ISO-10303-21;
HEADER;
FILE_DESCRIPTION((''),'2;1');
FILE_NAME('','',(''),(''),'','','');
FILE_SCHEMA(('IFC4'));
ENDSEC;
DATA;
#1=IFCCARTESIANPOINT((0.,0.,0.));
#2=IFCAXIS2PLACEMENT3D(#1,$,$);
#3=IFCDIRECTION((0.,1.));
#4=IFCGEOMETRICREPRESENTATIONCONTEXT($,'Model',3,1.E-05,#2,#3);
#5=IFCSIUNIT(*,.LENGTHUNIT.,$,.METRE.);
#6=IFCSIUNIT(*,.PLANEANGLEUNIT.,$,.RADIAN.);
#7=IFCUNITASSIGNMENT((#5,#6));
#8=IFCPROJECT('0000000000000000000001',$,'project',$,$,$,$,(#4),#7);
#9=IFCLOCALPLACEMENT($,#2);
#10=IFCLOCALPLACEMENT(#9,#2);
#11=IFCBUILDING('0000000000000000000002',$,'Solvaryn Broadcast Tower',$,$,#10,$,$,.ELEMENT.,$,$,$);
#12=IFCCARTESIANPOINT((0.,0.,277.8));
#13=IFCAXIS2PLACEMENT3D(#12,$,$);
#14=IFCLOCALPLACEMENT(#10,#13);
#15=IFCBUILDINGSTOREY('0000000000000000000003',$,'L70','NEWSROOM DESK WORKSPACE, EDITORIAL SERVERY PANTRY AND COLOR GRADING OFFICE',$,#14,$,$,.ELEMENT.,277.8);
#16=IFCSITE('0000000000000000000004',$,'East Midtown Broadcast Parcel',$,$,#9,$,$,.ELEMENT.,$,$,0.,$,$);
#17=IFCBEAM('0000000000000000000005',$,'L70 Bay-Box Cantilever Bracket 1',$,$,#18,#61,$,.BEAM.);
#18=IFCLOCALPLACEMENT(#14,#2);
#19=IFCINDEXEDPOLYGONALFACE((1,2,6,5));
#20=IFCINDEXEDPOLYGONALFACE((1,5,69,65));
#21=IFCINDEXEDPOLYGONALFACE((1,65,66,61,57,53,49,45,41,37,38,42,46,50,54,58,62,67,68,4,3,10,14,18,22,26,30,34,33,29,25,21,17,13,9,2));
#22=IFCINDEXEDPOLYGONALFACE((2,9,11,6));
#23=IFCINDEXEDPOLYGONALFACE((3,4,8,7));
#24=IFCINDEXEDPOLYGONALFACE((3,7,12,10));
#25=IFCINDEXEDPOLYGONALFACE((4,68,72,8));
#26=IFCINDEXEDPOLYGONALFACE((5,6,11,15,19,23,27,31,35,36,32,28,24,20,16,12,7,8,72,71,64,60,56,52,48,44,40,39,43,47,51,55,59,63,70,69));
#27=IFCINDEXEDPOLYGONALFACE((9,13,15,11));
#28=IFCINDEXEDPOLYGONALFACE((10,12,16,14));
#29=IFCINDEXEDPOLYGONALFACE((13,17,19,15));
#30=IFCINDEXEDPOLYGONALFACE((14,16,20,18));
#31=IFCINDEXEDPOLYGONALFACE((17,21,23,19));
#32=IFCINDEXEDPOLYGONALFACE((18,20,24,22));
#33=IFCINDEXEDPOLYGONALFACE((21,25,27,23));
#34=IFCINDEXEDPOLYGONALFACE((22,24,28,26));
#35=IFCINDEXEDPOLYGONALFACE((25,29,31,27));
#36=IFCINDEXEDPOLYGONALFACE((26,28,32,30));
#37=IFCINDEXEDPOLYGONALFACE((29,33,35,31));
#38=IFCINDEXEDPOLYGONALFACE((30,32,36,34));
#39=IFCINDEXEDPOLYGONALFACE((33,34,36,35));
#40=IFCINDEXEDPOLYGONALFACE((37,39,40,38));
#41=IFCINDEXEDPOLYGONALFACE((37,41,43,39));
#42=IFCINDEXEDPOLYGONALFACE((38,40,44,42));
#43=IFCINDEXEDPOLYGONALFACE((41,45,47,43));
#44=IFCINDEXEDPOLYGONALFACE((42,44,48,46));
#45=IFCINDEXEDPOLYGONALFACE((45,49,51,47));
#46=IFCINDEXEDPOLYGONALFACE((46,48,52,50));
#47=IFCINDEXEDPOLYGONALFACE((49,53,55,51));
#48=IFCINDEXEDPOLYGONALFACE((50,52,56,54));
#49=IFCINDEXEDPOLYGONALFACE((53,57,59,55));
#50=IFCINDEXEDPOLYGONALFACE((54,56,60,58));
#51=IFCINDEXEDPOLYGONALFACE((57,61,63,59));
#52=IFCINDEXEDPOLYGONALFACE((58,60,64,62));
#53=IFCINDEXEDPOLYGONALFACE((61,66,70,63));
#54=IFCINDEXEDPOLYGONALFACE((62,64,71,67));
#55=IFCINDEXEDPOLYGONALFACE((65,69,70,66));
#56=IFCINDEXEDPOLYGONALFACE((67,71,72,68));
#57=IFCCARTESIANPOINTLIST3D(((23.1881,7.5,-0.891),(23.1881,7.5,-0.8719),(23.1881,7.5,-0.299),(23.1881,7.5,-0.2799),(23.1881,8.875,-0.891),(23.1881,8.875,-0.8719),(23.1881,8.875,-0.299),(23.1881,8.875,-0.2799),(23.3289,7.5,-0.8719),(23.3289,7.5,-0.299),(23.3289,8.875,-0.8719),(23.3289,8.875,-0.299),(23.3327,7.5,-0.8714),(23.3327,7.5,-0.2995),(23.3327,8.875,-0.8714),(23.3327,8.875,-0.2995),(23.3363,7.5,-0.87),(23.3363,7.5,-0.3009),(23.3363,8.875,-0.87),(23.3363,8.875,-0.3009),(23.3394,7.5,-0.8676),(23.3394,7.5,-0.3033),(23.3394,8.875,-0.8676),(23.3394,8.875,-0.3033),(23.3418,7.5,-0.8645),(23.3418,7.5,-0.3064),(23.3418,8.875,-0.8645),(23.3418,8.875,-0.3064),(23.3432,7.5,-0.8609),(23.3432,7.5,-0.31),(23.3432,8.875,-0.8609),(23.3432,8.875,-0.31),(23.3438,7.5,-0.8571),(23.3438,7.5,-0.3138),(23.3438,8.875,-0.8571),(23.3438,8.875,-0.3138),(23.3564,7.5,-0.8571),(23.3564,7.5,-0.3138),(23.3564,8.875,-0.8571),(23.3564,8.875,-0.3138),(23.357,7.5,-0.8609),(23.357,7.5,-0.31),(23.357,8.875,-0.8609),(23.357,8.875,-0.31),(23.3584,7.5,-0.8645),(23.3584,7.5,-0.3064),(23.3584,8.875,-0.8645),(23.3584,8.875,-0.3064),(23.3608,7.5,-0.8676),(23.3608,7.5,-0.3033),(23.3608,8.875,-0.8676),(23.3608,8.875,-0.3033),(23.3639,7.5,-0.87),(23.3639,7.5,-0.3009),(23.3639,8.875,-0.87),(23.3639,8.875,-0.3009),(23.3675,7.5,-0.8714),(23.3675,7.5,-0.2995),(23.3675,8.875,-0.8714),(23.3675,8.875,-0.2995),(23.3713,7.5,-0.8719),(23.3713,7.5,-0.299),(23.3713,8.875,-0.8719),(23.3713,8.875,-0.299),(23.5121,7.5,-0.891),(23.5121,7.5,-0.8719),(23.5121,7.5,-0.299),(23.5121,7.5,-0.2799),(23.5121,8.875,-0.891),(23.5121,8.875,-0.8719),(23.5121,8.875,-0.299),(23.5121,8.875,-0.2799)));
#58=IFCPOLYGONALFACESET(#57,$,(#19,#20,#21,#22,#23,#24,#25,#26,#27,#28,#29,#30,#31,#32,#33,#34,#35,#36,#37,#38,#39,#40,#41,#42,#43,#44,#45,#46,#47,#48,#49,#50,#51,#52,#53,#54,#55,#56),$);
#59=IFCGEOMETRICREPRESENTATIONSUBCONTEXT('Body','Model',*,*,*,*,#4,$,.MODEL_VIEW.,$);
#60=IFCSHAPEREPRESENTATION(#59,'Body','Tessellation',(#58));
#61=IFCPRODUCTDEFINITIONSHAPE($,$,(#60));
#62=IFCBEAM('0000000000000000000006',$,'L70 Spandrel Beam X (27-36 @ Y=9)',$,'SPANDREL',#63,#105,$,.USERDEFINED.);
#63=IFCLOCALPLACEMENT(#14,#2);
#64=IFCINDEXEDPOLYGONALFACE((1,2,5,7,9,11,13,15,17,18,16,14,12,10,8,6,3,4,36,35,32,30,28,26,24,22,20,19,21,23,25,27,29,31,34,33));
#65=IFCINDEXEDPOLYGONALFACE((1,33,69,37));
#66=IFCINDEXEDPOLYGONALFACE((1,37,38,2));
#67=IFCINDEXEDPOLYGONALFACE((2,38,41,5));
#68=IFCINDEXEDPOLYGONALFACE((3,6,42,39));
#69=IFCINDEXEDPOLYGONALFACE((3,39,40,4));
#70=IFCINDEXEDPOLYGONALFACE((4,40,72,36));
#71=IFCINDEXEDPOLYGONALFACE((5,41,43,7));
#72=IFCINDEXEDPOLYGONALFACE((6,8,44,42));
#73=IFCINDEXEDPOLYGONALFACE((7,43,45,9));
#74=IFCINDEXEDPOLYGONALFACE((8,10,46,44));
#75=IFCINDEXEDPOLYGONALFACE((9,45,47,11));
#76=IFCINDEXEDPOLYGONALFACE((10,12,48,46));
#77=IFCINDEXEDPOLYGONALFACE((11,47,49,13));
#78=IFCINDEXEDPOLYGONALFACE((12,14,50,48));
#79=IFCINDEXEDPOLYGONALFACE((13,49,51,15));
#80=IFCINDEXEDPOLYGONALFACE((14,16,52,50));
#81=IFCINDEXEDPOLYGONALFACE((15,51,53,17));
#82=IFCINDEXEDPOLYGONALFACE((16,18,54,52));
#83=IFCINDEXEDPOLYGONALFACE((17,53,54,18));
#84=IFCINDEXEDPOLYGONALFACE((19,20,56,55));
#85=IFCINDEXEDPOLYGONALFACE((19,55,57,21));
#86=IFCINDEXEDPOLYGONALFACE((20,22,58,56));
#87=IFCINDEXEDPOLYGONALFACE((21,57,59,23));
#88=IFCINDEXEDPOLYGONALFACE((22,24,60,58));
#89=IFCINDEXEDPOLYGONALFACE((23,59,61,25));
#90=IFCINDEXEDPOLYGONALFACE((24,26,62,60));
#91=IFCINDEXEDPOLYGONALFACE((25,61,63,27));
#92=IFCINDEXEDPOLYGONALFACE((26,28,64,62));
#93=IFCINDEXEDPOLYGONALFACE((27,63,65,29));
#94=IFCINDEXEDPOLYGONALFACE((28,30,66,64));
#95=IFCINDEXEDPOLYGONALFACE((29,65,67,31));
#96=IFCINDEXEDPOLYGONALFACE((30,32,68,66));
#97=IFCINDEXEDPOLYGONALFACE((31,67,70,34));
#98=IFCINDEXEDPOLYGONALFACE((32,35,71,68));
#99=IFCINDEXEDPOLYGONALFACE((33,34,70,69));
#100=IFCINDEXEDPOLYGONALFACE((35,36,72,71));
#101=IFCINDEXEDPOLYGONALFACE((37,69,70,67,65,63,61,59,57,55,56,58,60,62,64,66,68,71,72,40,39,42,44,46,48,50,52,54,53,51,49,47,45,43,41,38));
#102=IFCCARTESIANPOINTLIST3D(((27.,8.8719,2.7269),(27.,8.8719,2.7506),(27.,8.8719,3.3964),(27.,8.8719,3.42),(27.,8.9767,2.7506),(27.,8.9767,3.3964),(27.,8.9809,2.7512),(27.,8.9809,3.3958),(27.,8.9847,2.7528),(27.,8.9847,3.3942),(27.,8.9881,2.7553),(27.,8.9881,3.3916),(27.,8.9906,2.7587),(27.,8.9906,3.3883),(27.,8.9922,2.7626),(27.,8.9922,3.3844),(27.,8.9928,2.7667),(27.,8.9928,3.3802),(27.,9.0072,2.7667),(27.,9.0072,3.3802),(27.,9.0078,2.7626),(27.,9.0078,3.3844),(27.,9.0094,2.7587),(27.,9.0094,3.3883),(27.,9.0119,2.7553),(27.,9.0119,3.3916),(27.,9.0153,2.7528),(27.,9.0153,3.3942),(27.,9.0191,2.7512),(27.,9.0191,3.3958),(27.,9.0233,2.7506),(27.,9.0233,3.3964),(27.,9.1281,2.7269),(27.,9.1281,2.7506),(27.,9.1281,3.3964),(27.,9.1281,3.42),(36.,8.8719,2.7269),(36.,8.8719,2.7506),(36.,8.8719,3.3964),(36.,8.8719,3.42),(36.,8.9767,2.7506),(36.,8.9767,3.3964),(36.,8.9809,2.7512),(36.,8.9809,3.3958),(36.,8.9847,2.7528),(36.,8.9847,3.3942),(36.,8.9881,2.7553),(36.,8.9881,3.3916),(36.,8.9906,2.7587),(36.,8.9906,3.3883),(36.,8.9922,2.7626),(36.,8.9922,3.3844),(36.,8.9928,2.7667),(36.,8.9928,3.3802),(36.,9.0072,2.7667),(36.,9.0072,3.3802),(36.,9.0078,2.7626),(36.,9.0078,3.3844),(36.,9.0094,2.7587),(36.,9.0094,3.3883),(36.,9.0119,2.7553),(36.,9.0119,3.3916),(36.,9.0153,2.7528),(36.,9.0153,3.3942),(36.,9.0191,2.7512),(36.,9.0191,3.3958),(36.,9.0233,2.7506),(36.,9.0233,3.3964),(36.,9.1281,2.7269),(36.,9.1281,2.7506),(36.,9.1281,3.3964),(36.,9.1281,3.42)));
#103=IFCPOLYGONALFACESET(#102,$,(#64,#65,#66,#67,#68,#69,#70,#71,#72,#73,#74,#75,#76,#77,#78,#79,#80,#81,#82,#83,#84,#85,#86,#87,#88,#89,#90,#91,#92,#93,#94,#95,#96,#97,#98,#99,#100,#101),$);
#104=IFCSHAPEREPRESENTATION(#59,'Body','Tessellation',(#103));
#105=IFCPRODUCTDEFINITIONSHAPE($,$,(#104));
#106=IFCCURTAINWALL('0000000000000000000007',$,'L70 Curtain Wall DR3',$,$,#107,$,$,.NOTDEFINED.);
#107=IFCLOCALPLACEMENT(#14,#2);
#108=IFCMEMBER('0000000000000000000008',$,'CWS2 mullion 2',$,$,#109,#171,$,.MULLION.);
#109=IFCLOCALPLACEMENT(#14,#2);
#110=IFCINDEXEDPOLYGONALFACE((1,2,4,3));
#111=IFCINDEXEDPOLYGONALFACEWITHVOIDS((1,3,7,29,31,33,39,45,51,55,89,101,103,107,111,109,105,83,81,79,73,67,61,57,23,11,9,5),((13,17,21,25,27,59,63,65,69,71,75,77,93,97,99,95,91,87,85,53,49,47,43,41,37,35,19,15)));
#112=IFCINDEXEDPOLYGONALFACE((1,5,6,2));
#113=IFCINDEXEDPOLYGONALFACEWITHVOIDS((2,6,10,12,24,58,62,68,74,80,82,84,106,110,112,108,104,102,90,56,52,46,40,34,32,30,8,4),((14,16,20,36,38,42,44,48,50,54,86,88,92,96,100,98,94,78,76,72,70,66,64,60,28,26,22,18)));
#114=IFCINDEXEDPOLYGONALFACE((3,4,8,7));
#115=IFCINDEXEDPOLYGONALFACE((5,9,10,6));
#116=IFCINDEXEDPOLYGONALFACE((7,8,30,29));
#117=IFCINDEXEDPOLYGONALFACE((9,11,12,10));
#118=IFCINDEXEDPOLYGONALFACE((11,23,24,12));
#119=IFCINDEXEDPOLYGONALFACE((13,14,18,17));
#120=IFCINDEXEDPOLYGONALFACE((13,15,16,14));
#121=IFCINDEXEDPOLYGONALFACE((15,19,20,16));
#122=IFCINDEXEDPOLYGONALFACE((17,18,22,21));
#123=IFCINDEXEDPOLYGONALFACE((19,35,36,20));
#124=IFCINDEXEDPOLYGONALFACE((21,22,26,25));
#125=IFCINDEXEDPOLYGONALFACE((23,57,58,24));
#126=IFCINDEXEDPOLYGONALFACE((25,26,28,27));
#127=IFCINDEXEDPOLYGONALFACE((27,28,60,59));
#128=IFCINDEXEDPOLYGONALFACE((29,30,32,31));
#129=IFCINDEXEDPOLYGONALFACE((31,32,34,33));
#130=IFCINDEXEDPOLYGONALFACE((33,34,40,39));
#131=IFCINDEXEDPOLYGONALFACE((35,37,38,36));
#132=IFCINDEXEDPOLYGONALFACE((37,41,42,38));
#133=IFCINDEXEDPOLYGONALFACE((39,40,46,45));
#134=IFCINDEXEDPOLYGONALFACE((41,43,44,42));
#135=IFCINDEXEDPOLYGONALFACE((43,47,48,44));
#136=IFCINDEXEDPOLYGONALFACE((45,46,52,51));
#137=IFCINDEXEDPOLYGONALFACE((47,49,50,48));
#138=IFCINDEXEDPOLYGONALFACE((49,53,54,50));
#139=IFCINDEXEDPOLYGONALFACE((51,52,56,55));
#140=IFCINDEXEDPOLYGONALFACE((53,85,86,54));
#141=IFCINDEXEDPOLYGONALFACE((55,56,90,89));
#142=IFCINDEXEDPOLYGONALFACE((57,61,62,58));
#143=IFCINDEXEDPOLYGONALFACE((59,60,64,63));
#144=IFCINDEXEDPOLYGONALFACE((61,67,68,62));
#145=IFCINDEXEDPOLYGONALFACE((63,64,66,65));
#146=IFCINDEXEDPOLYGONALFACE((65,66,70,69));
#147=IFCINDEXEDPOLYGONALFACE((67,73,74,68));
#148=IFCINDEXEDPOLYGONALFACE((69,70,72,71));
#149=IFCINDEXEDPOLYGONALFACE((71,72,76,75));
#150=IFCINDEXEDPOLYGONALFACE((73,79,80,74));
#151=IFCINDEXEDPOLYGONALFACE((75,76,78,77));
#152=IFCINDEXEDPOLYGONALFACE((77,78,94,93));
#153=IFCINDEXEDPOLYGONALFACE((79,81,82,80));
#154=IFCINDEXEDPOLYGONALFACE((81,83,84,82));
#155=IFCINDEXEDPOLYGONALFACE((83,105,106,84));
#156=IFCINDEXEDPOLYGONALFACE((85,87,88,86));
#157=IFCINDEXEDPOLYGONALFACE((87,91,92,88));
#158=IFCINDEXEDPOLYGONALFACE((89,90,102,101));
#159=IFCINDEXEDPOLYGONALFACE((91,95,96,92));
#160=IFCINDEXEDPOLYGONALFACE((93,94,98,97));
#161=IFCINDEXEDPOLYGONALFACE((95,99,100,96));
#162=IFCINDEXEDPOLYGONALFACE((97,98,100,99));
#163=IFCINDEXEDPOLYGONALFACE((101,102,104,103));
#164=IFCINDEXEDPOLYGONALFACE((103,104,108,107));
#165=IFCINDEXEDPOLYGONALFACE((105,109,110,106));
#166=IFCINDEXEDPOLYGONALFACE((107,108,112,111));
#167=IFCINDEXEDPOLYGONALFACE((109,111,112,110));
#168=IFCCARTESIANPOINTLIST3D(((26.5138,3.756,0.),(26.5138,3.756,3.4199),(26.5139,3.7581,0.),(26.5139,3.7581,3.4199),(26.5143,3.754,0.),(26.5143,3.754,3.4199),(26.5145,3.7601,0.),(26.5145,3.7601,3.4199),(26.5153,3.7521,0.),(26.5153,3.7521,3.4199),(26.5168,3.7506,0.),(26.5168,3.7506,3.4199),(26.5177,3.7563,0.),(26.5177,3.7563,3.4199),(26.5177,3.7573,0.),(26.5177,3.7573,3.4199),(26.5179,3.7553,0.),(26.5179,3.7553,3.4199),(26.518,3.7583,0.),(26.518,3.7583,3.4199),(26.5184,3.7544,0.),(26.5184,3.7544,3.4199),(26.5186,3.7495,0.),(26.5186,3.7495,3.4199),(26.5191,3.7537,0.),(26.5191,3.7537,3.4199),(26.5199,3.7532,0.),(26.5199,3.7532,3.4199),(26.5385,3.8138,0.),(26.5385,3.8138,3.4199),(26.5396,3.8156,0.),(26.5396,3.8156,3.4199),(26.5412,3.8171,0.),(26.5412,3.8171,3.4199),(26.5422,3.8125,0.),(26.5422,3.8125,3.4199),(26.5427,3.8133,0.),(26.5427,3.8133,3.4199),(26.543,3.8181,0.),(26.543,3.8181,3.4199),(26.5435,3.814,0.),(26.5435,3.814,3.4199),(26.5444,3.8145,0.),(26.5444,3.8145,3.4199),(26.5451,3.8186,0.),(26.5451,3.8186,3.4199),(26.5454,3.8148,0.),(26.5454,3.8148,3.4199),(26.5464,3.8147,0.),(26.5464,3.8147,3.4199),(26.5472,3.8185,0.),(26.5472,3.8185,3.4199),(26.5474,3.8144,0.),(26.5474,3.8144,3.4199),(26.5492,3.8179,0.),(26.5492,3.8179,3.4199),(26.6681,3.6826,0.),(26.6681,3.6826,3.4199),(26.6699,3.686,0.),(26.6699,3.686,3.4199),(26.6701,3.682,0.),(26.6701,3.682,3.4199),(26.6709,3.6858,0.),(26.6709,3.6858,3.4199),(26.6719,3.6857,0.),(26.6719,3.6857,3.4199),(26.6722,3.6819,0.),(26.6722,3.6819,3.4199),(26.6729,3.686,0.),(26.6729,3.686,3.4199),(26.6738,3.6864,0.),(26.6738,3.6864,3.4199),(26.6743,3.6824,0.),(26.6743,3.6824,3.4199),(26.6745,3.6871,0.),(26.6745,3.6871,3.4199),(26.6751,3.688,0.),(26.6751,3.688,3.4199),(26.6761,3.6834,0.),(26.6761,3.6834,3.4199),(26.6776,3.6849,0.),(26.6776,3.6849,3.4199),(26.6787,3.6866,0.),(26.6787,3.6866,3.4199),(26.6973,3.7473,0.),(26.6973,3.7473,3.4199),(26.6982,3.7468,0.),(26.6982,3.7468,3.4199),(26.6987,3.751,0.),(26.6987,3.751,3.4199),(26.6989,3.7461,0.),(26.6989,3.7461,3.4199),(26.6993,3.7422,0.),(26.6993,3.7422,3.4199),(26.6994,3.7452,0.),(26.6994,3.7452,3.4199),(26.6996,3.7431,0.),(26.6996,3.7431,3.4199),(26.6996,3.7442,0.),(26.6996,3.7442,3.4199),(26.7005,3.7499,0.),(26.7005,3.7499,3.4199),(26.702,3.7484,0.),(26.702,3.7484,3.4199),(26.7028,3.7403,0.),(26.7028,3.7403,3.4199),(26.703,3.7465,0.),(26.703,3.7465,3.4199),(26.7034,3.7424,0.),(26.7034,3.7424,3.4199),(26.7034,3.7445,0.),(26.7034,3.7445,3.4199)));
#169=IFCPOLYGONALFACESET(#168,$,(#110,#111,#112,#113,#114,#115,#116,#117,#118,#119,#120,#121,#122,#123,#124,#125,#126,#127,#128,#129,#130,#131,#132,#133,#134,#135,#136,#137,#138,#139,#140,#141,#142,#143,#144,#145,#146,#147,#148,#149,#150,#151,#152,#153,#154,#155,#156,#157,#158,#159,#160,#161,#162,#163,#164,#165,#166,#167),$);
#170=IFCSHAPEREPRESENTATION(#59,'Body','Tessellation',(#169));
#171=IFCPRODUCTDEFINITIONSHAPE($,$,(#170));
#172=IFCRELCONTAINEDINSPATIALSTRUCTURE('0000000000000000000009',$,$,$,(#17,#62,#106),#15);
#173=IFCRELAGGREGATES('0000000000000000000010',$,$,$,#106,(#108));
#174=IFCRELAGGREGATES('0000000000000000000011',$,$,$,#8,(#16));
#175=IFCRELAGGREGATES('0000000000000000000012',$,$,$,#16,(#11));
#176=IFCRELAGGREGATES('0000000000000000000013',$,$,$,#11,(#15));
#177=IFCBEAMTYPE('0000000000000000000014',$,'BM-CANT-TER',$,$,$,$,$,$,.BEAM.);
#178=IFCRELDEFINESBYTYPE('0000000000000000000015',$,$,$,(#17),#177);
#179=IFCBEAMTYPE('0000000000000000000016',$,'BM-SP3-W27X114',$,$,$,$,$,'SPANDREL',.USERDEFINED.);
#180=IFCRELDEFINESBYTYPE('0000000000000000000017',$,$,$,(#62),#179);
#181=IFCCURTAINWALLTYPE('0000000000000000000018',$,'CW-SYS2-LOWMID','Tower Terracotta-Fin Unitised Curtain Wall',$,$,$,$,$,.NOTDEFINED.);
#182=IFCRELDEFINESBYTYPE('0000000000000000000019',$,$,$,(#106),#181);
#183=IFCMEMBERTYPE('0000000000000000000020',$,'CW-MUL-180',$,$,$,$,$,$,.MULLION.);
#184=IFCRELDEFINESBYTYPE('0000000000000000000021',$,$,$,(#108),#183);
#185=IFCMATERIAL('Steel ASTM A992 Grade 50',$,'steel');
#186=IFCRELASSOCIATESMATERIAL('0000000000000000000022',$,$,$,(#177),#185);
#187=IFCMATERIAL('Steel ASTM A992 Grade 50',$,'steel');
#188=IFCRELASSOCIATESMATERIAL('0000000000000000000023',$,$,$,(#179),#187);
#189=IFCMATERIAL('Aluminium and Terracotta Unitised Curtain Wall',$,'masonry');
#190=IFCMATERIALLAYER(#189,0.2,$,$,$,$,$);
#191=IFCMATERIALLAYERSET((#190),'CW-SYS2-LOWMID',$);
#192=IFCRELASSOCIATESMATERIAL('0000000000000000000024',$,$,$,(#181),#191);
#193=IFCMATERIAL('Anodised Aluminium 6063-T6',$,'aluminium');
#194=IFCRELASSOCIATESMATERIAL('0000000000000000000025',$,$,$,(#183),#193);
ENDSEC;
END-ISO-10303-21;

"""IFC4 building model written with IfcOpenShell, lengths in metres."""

from ifc_helpers import new_model, si_unit, direction, frame, origin, origin_2d, place, context, subcontext, project, spatial, hollow_rectangle, i_section, extrude, material, layer, layer_set, material_profile, profile_set, type_object, element, aggregate, save


model = new_model("IFC4")

# Units and contexts
model_context = context("Model", 3, precision=1e-05, world=origin(), true_north=direction((0.0, 1.0)))
body_context = subcontext(model_context, "Body", "Model", "MODEL_VIEW")
ifc_project = project(units=[si_unit("LENGTHUNIT", "METRE"), si_unit("PLANEANGLEUNIT", "RADIAN")], contexts=[model_context])

# Site, building, storey
site_placement = place(None, origin())
site = spatial("IfcSite", under=ifc_project, at=site_placement, Name="East Midtown Broadcast Parcel", CompositionType="ELEMENT", RefElevation=0.0)
building_placement = place(site_placement, origin())
building = spatial("IfcBuilding", under=site, at=building_placement, Name="Solvaryn Broadcast Tower", CompositionType="ELEMENT")
storey_placement = place(building_placement, frame((0.0, 0.0, 277.8)))
storey = spatial("IfcBuildingStorey", under=building, at=storey_placement, Name="L70", Description="NEWSROOM DESK WORKSPACE, EDITORIAL SERVERY PANTRY AND COLOR GRADING OFFICE", CompositionType="ELEMENT", Elevation=277.8)

# Beams
ifc_material_1 = material(Name="Steel ASTM A992 Grade 50", Category="steel")
ifc_material_profile_1 = material_profile(ifc_material_1, i_section(OverallWidth=0.324, OverallDepth=0.6111, WebThickness=0.0127, FlangeThickness=0.019, FilletRadius=0.0149, at=origin_2d()))
ifc_profile_set_1 = profile_set([ifc_material_profile_1], Name="Steel ASTM A992 Grade 50")
beam_type_1 = type_object("IfcBeamType", Name="BM-CANT-TER", PredefinedType="BEAM", material=ifc_profile_set_1)
beam_1_placement = place(storey_placement, frame((23.3501, 8.875, -0.5854), z_axis=(0.0, -1.0, 0.0), x_axis=(1.0, 0.0, 0.0)))
element("IfcBeam", 1, at=beam_1_placement, inside=storey, type_object=beam_type_1, Name="L70 Bay-Box Cantilever Bracket 1", PredefinedType="BEAM", context=body_context, shape_type="SweptSolid", body=[
    extrude(i_section(OverallWidth=0.324, OverallDepth=0.6111, WebThickness=0.0127, FlangeThickness=0.019, FilletRadius=0.0149, at=origin_2d()), origin(), (0.0, 0.0, 1.0), 1.375),
])
ifc_material_2 = material(Name="Steel ASTM A992 Grade 50", Category="steel")
ifc_material_profile_2 = material_profile(ifc_material_2, i_section(OverallWidth=0.2561, OverallDepth=0.6931, WebThickness=0.0144, FlangeThickness=0.0237, FilletRadius=0.0161, at=origin_2d()))
ifc_profile_set_2 = profile_set([ifc_material_profile_2], Name="Steel ASTM A992 Grade 50")
beam_type_2 = type_object("IfcBeamType", Name="BM-SP3-W27X114", ElementType="SPANDREL", PredefinedType="USERDEFINED", material=ifc_profile_set_2)
beam_2_placement = place(storey_placement, frame((27.0, 9.0, 3.0735), z_axis=(1.0, 0.0, 0.0), x_axis=(0.0, 1.0, 0.0)))
element("IfcBeam", 2, at=beam_2_placement, inside=storey, type_object=beam_type_2, Name="L70 Spandrel Beam X (27-36 @ Y=9)", ObjectType="SPANDREL", PredefinedType="USERDEFINED", context=body_context, shape_type="SweptSolid", body=[
    extrude(i_section(OverallWidth=0.2561, OverallDepth=0.6931, WebThickness=0.0144, FlangeThickness=0.0237, FilletRadius=0.0161, at=origin_2d()), origin(), (0.0, 0.0, 1.0), 9.0),
])

# Curtain wall, member
ifc_material_3 = material(Name="Aluminium and Terracotta Unitised Curtain Wall", Category="masonry")
ifc_layer_1 = layer(ifc_material_3, 0.2)
ifc_layer_set_1 = layer_set([ifc_layer_1], Name="CW-SYS2-LOWMID")
curtain_wall_type = type_object("IfcCurtainWallType", Name="CW-SYS2-LOWMID", Description="Tower Terracotta-Fin Unitised Curtain Wall", PredefinedType="NOTDEFINED", material=ifc_layer_set_1)
curtain_wall_1_placement = place(storey_placement, origin())
curtain_wall_1 = element("IfcCurtainWall", 3, at=curtain_wall_1_placement, inside=storey, type_object=curtain_wall_type, Name="L70 Curtain Wall DR3", PredefinedType="NOTDEFINED")
ifc_material_4 = material(Name="Anodised Aluminium 6063-T6", Category="aluminium")
ifc_material_profile_3 = material_profile(ifc_material_4, hollow_rectangle(XDim=0.075, YDim=0.1799, WallThickness=0.0039, InnerFilletRadius=0.0039, OuterFilletRadius=0.0081, at=origin_2d()))
ifc_profile_set_3 = profile_set([ifc_material_profile_3], Name="Anodised Aluminium 6063-T6")
member_type_1 = type_object("IfcMemberType", Name="CW-MUL-180", PredefinedType="MULLION", material=ifc_profile_set_3)
member_1_placement = place(storey_placement, frame((26.6086, 3.7502, 0.0), z_axis=(0.0, 0.0, 1.0), x_axis=(0.408466, 0.912774, 0.0)))
member_1 = element("IfcMember", 4, at=member_1_placement, type_object=member_type_1, Name="CWS2 mullion 2", PredefinedType="MULLION", context=body_context, shape_type="SweptSolid", body=[
    extrude(hollow_rectangle(XDim=0.075, YDim=0.1799, WallThickness=0.0039, InnerFilletRadius=0.0039, OuterFilletRadius=0.0081, at=origin_2d()), origin(), (0.0, 0.0, 1.0), 3.4199),
])
aggregate(curtain_wall_1, [member_1])

save(model, "model.ifc")
